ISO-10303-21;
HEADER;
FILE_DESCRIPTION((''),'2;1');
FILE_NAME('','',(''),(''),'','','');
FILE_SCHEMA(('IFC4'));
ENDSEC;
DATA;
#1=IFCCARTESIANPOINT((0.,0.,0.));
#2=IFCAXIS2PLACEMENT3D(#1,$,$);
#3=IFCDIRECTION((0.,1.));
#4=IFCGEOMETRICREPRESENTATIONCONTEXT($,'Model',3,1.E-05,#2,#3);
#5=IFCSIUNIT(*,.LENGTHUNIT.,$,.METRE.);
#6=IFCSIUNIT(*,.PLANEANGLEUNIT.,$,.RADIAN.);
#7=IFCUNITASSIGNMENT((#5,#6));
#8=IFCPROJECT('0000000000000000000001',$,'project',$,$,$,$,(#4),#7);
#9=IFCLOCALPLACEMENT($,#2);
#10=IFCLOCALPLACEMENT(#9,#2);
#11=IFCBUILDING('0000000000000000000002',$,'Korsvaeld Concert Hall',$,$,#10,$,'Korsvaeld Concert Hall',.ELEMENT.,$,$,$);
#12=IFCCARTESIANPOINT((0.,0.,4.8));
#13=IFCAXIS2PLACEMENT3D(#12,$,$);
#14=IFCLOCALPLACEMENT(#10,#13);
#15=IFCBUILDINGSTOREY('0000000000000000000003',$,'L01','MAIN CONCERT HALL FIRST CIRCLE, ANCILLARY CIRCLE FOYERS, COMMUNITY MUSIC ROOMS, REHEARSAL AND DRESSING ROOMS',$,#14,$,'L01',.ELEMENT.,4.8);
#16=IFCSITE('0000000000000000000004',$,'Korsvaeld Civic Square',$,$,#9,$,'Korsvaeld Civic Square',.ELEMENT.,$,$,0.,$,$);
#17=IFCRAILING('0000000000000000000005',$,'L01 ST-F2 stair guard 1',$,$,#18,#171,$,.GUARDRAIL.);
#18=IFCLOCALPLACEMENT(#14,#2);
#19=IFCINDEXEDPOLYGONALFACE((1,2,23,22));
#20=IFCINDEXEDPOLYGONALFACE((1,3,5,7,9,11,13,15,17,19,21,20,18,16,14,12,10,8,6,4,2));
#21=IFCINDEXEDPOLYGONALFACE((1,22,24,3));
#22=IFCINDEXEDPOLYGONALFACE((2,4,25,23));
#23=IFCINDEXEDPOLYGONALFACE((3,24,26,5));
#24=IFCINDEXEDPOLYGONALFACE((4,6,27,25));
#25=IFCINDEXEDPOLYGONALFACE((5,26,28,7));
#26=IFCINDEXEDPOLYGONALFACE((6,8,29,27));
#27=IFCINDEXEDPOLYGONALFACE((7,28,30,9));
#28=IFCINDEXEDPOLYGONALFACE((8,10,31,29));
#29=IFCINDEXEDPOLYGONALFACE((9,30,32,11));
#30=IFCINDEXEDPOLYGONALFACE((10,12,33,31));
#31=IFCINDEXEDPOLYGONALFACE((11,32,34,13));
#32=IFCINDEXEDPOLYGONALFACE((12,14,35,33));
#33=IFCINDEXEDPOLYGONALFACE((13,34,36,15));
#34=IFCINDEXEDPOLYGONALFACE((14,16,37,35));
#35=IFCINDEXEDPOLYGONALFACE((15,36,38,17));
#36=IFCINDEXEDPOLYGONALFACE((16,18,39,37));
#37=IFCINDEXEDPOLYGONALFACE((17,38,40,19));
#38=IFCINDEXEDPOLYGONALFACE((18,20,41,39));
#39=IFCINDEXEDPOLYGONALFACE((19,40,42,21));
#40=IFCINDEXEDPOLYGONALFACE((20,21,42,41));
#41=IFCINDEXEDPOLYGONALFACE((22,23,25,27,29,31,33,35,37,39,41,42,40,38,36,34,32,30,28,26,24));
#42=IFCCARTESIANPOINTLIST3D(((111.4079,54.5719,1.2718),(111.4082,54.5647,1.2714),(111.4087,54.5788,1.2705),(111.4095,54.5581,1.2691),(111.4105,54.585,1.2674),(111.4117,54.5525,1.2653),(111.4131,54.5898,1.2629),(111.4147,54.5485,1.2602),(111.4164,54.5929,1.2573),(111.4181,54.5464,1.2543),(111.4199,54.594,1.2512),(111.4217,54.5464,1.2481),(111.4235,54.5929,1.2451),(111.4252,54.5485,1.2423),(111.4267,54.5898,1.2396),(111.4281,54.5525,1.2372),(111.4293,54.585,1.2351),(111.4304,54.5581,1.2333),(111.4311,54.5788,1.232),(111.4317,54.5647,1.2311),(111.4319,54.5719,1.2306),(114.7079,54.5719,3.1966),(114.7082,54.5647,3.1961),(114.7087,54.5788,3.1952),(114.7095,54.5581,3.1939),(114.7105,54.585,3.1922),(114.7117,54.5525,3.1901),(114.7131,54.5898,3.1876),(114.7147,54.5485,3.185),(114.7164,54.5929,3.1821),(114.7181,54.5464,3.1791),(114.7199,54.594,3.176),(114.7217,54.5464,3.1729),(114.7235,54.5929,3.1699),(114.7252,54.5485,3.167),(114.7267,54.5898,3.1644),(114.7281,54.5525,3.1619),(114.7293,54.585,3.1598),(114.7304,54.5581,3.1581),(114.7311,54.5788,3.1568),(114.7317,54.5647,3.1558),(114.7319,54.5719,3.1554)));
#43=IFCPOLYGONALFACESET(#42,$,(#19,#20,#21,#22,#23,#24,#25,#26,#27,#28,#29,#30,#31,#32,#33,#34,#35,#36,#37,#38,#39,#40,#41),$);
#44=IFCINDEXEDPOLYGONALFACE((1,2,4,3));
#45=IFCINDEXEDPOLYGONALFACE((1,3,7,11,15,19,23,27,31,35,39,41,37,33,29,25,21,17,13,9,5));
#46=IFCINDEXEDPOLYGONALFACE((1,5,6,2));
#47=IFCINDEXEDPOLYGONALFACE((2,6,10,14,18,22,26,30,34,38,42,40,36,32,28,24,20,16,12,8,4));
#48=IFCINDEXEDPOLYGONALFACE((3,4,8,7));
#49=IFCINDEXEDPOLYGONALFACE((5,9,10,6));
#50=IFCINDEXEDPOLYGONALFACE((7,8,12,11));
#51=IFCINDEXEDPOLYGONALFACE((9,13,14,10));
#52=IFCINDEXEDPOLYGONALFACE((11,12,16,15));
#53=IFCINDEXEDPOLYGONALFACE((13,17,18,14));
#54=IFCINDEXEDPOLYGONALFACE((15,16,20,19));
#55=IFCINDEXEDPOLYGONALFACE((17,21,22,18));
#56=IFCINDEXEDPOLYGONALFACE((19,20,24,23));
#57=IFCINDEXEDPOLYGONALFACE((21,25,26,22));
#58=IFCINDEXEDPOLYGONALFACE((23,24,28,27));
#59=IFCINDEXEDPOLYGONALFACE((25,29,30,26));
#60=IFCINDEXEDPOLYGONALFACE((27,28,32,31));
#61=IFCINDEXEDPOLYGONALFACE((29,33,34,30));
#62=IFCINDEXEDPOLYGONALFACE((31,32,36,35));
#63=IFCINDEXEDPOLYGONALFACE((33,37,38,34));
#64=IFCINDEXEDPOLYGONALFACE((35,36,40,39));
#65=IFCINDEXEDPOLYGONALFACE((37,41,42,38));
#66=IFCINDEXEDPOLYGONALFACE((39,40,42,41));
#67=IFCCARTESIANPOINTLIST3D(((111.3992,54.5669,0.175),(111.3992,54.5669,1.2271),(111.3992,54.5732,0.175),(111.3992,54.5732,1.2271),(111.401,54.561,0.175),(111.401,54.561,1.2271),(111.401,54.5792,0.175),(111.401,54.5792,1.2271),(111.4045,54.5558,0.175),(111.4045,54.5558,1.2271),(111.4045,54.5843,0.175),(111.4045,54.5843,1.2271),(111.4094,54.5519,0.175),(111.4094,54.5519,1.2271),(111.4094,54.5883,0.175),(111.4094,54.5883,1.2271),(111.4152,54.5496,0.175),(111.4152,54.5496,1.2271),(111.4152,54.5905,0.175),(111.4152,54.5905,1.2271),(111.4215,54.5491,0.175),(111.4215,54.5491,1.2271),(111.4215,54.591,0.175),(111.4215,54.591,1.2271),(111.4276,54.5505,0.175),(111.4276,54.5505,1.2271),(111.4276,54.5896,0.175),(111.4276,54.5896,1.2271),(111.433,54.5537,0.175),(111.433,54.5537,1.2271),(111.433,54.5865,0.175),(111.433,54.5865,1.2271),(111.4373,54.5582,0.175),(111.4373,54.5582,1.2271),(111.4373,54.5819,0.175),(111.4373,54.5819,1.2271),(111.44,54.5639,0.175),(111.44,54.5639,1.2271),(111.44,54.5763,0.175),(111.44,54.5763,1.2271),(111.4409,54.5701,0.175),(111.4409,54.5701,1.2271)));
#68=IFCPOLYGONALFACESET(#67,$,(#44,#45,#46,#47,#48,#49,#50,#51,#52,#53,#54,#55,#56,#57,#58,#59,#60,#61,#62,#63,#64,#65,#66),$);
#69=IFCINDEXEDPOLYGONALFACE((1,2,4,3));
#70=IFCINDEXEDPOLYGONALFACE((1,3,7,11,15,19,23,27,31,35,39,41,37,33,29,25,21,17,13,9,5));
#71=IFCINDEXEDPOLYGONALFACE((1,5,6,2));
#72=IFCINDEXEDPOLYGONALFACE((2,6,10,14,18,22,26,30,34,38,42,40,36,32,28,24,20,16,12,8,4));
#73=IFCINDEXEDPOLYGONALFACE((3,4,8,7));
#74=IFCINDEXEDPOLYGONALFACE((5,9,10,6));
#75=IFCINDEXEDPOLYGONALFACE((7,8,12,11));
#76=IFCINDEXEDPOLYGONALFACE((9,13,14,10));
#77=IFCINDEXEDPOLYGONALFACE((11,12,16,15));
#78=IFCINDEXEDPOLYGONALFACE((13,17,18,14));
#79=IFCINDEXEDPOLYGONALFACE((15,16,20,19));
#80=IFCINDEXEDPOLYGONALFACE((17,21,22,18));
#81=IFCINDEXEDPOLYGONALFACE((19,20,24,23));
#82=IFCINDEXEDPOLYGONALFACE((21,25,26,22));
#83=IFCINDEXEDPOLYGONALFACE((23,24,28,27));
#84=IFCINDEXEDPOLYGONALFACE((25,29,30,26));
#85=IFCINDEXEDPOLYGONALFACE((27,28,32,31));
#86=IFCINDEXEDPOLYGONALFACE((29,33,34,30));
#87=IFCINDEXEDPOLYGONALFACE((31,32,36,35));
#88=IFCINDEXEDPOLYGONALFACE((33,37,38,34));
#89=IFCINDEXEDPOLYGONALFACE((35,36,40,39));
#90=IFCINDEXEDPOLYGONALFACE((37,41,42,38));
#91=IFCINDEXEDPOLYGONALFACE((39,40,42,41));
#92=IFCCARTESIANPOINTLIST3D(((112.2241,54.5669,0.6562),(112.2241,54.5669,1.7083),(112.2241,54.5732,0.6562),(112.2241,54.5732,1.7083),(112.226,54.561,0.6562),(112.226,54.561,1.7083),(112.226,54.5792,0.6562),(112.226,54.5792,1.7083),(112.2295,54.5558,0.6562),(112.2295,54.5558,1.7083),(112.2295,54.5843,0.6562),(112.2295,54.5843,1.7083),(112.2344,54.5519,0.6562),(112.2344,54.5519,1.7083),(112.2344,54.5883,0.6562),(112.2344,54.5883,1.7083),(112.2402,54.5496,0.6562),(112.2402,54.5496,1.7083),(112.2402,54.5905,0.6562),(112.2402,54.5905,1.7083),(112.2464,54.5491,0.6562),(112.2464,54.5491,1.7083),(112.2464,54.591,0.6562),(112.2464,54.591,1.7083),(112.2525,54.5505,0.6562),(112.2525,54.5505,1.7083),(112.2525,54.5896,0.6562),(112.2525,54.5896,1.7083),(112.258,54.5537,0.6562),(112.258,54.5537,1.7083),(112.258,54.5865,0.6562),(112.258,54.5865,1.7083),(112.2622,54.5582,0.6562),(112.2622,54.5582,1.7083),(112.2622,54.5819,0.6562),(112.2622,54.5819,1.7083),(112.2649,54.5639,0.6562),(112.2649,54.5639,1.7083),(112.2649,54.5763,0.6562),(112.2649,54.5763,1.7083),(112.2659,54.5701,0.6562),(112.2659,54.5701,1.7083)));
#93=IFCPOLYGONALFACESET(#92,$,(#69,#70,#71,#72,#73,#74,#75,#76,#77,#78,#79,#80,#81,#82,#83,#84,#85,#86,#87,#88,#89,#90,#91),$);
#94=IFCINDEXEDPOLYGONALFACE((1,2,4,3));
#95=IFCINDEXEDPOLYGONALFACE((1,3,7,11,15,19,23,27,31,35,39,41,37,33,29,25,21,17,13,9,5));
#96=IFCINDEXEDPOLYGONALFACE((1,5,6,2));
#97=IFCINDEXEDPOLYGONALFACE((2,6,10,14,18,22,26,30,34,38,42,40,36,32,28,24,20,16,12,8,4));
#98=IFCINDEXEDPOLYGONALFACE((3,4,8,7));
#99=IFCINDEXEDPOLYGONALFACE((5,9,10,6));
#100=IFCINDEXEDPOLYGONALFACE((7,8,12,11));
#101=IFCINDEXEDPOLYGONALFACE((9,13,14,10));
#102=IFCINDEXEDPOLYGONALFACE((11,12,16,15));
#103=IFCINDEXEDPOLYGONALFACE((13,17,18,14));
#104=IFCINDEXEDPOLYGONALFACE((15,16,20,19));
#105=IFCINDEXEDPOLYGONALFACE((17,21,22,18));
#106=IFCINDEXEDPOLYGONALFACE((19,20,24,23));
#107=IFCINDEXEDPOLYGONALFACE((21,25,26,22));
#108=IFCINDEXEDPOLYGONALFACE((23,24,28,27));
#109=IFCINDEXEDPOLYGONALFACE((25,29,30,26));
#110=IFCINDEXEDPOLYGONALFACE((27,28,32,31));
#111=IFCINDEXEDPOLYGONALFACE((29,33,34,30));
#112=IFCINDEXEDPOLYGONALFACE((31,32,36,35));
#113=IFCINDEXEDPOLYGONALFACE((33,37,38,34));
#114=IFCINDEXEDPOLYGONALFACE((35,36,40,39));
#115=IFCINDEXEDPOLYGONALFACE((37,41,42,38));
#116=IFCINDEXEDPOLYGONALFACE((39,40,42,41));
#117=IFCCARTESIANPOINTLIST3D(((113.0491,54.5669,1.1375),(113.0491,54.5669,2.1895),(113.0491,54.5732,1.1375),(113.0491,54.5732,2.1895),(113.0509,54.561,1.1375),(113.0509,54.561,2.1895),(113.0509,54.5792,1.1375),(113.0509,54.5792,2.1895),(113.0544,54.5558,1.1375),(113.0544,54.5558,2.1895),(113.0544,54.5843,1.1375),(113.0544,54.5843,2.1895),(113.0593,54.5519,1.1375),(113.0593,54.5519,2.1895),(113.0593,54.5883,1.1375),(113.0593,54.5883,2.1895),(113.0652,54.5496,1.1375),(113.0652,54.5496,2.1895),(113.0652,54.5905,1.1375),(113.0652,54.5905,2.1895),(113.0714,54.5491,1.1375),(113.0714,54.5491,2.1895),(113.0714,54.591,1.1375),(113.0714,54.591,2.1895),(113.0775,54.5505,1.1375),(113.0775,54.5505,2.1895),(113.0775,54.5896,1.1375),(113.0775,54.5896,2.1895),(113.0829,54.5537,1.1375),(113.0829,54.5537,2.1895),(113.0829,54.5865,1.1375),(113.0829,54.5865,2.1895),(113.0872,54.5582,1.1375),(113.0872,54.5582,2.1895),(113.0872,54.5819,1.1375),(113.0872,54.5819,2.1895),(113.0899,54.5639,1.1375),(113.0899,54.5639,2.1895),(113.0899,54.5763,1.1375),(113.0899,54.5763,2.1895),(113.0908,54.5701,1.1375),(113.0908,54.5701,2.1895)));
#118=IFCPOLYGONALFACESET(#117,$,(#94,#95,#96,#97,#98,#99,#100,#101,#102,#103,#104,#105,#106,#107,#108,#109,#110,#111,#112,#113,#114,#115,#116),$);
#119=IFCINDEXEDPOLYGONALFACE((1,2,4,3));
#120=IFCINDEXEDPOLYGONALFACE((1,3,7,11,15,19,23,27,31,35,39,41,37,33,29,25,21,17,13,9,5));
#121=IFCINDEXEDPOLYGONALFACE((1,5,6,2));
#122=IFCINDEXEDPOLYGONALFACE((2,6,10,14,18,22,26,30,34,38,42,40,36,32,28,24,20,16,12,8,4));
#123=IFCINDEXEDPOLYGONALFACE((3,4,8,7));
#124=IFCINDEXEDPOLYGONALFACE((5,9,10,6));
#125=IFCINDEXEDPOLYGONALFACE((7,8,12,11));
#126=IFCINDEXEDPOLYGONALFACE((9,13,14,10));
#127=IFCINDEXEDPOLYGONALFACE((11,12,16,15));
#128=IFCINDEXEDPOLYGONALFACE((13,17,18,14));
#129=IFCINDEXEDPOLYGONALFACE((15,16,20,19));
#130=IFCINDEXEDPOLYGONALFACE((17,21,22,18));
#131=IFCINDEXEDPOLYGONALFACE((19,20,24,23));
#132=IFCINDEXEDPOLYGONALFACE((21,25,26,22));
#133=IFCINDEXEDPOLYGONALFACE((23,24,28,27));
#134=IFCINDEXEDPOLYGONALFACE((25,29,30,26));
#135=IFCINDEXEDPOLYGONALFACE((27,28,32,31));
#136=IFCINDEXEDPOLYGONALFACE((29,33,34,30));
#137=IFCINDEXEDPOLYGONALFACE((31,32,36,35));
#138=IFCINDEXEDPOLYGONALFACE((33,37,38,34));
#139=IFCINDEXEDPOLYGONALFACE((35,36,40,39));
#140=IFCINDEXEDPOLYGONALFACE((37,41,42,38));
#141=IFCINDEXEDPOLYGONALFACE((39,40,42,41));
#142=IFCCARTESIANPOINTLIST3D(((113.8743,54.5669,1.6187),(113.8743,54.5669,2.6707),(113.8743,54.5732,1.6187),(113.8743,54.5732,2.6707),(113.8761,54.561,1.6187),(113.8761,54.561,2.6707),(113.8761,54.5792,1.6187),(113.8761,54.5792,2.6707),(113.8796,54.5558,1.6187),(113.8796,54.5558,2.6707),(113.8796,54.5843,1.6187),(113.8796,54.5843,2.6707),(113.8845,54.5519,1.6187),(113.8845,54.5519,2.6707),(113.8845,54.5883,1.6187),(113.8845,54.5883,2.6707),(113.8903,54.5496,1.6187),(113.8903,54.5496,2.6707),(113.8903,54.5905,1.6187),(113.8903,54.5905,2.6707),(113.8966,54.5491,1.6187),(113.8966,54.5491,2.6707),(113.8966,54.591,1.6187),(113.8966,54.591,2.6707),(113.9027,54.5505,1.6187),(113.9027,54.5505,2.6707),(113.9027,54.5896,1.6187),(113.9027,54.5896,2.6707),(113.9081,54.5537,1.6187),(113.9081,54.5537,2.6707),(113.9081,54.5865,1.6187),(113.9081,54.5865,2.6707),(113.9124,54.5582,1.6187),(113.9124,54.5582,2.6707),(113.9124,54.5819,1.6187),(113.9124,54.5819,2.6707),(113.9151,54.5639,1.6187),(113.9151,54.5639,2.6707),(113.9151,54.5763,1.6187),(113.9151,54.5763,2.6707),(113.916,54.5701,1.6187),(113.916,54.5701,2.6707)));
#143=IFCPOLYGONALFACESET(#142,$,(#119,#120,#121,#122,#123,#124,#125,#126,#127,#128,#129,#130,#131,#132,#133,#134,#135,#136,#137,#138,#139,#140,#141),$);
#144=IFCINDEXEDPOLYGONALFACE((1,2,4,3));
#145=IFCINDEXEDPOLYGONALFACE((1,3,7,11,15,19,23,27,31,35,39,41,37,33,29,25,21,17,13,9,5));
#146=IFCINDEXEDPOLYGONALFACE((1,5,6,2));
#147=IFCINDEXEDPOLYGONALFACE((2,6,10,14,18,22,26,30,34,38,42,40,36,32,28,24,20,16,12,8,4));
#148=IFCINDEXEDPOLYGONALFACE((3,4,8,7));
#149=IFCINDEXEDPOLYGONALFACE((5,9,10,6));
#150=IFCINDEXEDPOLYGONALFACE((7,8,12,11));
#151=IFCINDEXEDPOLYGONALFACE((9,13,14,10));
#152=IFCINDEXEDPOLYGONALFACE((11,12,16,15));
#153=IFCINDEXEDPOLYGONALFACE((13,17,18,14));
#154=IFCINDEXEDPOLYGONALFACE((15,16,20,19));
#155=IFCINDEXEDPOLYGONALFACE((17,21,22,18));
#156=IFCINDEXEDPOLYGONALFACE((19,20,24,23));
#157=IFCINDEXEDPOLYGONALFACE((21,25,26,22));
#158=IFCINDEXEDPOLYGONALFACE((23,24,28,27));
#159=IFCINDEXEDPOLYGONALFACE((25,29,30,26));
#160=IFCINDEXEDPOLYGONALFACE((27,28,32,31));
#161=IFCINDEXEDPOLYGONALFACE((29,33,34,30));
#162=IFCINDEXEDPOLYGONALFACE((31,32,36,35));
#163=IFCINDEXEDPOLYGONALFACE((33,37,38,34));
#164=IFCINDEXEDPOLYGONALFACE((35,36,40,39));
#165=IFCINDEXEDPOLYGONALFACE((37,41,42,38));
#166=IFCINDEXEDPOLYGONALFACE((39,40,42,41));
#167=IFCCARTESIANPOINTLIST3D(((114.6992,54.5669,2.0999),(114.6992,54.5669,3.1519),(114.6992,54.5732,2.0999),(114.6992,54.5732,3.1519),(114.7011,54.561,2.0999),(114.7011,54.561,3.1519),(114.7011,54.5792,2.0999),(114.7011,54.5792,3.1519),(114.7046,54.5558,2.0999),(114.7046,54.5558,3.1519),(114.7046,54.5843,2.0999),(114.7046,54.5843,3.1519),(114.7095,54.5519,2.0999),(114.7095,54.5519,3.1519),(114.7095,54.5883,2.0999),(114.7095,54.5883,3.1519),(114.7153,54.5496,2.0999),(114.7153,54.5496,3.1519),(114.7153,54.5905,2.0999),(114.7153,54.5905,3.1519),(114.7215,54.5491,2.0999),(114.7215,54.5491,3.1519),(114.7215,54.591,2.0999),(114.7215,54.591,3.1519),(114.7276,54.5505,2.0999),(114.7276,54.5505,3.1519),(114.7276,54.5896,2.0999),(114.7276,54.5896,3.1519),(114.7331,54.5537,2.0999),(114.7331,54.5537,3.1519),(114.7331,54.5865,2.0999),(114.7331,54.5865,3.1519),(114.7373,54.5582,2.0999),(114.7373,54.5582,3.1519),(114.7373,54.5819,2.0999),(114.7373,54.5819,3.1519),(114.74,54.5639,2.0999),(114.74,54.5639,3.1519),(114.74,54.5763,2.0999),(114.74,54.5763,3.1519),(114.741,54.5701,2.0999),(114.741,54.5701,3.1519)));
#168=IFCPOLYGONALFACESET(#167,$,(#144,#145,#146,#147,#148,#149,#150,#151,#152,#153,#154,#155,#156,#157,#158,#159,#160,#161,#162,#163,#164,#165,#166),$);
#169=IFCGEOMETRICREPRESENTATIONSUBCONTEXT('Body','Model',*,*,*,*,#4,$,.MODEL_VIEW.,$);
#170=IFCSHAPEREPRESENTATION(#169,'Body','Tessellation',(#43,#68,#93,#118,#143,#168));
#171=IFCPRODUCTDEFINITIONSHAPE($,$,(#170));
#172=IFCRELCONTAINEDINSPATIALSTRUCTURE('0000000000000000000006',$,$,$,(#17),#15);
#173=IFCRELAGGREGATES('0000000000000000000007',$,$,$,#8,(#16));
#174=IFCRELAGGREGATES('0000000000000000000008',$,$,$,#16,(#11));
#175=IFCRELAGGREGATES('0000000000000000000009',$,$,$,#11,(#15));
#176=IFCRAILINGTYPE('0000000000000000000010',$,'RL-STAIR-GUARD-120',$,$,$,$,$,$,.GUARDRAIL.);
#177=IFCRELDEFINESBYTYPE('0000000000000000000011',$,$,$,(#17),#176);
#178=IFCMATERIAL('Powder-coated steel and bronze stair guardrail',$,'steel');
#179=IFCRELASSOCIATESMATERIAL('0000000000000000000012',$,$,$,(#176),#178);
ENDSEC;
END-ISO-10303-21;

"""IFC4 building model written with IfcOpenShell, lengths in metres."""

from ifc_helpers import new_model, si_unit, direction, frame, origin, origin_2d, place, context, subcontext, project, spatial, circle, extrude, material, type_object, element, save


model = new_model("IFC4")

# Units and contexts
model_context = context("Model", 3, precision=1e-05, world=origin(), true_north=direction((0.0, 1.0)))
body_context = subcontext(model_context, "Body", "Model", "MODEL_VIEW")
ifc_project = project(units=[si_unit("LENGTHUNIT", "METRE"), si_unit("PLANEANGLEUNIT", "RADIAN")], contexts=[model_context])

# Site, building, storey
site_placement = place(None, origin())
site = spatial("IfcSite", under=ifc_project, at=site_placement, Name="Korsvaeld Civic Square", LongName="Korsvaeld Civic Square", CompositionType="ELEMENT", RefElevation=0.0)
building_placement = place(site_placement, origin())
building = spatial("IfcBuilding", under=site, at=building_placement, Name="Korsvaeld Concert Hall", LongName="Korsvaeld Concert Hall", CompositionType="ELEMENT")
storey_placement = place(building_placement, frame((0.0, 0.0, 4.8)))
storey = spatial("IfcBuildingStorey", under=building, at=storey_placement, Name="L01", Description="MAIN CONCERT HALL FIRST CIRCLE, ANCILLARY CIRCLE FOYERS, COMMUNITY MUSIC ROOMS, REHEARSAL AND DRESSING ROOMS", LongName="L01", CompositionType="ELEMENT", Elevation=4.8)

# Railing
ifc_material_1 = material(Name="Powder-coated steel and bronze stair guardrail", Category="steel")
railing_type_1 = type_object("IfcRailingType", Name="RL-STAIR-GUARD-120", PredefinedType="GUARDRAIL", material=ifc_material_1)
railing_1_placement = place(storey_placement, frame((111.4199, 54.5701, 0.175)))
element("IfcRailing", 1, at=railing_1_placement, inside=storey, type_object=railing_type_1, Name="L01 ST-F2 stair guard 1", PredefinedType="GUARDRAIL", context=body_context, shape_type="SweptSolid", body=[
    extrude(circle(Radius=0.0239, at=origin_2d()), frame((0.0, 0.0, 1.0762), z_axis=(0.863804, 0.0, 0.503827), x_axis=(0.0, 1.0, 0.0)), (0.0, 0.0, 1.0), 3.8203),
    extrude(circle(Radius=0.021, at=origin_2d()), origin(), (0.0, 0.0, 1.0), 1.052),
    extrude(circle(Radius=0.021, at=origin_2d()), frame((0.825, 0.0, 0.4812)), (0.0, 0.0, 1.0), 1.052),
    extrude(circle(Radius=0.021, at=origin_2d()), frame((1.6499, 0.0, 0.9624)), (0.0, 0.0, 1.0), 1.052),
    extrude(circle(Radius=0.021, at=origin_2d()), frame((2.4751, 0.0, 1.4436)), (0.0, 0.0, 1.0), 1.052),
    extrude(circle(Radius=0.021, at=origin_2d()), frame((3.3, 0.0, 1.9248)), (0.0, 0.0, 1.0), 1.052),
])

save(model, "model.ifc")
